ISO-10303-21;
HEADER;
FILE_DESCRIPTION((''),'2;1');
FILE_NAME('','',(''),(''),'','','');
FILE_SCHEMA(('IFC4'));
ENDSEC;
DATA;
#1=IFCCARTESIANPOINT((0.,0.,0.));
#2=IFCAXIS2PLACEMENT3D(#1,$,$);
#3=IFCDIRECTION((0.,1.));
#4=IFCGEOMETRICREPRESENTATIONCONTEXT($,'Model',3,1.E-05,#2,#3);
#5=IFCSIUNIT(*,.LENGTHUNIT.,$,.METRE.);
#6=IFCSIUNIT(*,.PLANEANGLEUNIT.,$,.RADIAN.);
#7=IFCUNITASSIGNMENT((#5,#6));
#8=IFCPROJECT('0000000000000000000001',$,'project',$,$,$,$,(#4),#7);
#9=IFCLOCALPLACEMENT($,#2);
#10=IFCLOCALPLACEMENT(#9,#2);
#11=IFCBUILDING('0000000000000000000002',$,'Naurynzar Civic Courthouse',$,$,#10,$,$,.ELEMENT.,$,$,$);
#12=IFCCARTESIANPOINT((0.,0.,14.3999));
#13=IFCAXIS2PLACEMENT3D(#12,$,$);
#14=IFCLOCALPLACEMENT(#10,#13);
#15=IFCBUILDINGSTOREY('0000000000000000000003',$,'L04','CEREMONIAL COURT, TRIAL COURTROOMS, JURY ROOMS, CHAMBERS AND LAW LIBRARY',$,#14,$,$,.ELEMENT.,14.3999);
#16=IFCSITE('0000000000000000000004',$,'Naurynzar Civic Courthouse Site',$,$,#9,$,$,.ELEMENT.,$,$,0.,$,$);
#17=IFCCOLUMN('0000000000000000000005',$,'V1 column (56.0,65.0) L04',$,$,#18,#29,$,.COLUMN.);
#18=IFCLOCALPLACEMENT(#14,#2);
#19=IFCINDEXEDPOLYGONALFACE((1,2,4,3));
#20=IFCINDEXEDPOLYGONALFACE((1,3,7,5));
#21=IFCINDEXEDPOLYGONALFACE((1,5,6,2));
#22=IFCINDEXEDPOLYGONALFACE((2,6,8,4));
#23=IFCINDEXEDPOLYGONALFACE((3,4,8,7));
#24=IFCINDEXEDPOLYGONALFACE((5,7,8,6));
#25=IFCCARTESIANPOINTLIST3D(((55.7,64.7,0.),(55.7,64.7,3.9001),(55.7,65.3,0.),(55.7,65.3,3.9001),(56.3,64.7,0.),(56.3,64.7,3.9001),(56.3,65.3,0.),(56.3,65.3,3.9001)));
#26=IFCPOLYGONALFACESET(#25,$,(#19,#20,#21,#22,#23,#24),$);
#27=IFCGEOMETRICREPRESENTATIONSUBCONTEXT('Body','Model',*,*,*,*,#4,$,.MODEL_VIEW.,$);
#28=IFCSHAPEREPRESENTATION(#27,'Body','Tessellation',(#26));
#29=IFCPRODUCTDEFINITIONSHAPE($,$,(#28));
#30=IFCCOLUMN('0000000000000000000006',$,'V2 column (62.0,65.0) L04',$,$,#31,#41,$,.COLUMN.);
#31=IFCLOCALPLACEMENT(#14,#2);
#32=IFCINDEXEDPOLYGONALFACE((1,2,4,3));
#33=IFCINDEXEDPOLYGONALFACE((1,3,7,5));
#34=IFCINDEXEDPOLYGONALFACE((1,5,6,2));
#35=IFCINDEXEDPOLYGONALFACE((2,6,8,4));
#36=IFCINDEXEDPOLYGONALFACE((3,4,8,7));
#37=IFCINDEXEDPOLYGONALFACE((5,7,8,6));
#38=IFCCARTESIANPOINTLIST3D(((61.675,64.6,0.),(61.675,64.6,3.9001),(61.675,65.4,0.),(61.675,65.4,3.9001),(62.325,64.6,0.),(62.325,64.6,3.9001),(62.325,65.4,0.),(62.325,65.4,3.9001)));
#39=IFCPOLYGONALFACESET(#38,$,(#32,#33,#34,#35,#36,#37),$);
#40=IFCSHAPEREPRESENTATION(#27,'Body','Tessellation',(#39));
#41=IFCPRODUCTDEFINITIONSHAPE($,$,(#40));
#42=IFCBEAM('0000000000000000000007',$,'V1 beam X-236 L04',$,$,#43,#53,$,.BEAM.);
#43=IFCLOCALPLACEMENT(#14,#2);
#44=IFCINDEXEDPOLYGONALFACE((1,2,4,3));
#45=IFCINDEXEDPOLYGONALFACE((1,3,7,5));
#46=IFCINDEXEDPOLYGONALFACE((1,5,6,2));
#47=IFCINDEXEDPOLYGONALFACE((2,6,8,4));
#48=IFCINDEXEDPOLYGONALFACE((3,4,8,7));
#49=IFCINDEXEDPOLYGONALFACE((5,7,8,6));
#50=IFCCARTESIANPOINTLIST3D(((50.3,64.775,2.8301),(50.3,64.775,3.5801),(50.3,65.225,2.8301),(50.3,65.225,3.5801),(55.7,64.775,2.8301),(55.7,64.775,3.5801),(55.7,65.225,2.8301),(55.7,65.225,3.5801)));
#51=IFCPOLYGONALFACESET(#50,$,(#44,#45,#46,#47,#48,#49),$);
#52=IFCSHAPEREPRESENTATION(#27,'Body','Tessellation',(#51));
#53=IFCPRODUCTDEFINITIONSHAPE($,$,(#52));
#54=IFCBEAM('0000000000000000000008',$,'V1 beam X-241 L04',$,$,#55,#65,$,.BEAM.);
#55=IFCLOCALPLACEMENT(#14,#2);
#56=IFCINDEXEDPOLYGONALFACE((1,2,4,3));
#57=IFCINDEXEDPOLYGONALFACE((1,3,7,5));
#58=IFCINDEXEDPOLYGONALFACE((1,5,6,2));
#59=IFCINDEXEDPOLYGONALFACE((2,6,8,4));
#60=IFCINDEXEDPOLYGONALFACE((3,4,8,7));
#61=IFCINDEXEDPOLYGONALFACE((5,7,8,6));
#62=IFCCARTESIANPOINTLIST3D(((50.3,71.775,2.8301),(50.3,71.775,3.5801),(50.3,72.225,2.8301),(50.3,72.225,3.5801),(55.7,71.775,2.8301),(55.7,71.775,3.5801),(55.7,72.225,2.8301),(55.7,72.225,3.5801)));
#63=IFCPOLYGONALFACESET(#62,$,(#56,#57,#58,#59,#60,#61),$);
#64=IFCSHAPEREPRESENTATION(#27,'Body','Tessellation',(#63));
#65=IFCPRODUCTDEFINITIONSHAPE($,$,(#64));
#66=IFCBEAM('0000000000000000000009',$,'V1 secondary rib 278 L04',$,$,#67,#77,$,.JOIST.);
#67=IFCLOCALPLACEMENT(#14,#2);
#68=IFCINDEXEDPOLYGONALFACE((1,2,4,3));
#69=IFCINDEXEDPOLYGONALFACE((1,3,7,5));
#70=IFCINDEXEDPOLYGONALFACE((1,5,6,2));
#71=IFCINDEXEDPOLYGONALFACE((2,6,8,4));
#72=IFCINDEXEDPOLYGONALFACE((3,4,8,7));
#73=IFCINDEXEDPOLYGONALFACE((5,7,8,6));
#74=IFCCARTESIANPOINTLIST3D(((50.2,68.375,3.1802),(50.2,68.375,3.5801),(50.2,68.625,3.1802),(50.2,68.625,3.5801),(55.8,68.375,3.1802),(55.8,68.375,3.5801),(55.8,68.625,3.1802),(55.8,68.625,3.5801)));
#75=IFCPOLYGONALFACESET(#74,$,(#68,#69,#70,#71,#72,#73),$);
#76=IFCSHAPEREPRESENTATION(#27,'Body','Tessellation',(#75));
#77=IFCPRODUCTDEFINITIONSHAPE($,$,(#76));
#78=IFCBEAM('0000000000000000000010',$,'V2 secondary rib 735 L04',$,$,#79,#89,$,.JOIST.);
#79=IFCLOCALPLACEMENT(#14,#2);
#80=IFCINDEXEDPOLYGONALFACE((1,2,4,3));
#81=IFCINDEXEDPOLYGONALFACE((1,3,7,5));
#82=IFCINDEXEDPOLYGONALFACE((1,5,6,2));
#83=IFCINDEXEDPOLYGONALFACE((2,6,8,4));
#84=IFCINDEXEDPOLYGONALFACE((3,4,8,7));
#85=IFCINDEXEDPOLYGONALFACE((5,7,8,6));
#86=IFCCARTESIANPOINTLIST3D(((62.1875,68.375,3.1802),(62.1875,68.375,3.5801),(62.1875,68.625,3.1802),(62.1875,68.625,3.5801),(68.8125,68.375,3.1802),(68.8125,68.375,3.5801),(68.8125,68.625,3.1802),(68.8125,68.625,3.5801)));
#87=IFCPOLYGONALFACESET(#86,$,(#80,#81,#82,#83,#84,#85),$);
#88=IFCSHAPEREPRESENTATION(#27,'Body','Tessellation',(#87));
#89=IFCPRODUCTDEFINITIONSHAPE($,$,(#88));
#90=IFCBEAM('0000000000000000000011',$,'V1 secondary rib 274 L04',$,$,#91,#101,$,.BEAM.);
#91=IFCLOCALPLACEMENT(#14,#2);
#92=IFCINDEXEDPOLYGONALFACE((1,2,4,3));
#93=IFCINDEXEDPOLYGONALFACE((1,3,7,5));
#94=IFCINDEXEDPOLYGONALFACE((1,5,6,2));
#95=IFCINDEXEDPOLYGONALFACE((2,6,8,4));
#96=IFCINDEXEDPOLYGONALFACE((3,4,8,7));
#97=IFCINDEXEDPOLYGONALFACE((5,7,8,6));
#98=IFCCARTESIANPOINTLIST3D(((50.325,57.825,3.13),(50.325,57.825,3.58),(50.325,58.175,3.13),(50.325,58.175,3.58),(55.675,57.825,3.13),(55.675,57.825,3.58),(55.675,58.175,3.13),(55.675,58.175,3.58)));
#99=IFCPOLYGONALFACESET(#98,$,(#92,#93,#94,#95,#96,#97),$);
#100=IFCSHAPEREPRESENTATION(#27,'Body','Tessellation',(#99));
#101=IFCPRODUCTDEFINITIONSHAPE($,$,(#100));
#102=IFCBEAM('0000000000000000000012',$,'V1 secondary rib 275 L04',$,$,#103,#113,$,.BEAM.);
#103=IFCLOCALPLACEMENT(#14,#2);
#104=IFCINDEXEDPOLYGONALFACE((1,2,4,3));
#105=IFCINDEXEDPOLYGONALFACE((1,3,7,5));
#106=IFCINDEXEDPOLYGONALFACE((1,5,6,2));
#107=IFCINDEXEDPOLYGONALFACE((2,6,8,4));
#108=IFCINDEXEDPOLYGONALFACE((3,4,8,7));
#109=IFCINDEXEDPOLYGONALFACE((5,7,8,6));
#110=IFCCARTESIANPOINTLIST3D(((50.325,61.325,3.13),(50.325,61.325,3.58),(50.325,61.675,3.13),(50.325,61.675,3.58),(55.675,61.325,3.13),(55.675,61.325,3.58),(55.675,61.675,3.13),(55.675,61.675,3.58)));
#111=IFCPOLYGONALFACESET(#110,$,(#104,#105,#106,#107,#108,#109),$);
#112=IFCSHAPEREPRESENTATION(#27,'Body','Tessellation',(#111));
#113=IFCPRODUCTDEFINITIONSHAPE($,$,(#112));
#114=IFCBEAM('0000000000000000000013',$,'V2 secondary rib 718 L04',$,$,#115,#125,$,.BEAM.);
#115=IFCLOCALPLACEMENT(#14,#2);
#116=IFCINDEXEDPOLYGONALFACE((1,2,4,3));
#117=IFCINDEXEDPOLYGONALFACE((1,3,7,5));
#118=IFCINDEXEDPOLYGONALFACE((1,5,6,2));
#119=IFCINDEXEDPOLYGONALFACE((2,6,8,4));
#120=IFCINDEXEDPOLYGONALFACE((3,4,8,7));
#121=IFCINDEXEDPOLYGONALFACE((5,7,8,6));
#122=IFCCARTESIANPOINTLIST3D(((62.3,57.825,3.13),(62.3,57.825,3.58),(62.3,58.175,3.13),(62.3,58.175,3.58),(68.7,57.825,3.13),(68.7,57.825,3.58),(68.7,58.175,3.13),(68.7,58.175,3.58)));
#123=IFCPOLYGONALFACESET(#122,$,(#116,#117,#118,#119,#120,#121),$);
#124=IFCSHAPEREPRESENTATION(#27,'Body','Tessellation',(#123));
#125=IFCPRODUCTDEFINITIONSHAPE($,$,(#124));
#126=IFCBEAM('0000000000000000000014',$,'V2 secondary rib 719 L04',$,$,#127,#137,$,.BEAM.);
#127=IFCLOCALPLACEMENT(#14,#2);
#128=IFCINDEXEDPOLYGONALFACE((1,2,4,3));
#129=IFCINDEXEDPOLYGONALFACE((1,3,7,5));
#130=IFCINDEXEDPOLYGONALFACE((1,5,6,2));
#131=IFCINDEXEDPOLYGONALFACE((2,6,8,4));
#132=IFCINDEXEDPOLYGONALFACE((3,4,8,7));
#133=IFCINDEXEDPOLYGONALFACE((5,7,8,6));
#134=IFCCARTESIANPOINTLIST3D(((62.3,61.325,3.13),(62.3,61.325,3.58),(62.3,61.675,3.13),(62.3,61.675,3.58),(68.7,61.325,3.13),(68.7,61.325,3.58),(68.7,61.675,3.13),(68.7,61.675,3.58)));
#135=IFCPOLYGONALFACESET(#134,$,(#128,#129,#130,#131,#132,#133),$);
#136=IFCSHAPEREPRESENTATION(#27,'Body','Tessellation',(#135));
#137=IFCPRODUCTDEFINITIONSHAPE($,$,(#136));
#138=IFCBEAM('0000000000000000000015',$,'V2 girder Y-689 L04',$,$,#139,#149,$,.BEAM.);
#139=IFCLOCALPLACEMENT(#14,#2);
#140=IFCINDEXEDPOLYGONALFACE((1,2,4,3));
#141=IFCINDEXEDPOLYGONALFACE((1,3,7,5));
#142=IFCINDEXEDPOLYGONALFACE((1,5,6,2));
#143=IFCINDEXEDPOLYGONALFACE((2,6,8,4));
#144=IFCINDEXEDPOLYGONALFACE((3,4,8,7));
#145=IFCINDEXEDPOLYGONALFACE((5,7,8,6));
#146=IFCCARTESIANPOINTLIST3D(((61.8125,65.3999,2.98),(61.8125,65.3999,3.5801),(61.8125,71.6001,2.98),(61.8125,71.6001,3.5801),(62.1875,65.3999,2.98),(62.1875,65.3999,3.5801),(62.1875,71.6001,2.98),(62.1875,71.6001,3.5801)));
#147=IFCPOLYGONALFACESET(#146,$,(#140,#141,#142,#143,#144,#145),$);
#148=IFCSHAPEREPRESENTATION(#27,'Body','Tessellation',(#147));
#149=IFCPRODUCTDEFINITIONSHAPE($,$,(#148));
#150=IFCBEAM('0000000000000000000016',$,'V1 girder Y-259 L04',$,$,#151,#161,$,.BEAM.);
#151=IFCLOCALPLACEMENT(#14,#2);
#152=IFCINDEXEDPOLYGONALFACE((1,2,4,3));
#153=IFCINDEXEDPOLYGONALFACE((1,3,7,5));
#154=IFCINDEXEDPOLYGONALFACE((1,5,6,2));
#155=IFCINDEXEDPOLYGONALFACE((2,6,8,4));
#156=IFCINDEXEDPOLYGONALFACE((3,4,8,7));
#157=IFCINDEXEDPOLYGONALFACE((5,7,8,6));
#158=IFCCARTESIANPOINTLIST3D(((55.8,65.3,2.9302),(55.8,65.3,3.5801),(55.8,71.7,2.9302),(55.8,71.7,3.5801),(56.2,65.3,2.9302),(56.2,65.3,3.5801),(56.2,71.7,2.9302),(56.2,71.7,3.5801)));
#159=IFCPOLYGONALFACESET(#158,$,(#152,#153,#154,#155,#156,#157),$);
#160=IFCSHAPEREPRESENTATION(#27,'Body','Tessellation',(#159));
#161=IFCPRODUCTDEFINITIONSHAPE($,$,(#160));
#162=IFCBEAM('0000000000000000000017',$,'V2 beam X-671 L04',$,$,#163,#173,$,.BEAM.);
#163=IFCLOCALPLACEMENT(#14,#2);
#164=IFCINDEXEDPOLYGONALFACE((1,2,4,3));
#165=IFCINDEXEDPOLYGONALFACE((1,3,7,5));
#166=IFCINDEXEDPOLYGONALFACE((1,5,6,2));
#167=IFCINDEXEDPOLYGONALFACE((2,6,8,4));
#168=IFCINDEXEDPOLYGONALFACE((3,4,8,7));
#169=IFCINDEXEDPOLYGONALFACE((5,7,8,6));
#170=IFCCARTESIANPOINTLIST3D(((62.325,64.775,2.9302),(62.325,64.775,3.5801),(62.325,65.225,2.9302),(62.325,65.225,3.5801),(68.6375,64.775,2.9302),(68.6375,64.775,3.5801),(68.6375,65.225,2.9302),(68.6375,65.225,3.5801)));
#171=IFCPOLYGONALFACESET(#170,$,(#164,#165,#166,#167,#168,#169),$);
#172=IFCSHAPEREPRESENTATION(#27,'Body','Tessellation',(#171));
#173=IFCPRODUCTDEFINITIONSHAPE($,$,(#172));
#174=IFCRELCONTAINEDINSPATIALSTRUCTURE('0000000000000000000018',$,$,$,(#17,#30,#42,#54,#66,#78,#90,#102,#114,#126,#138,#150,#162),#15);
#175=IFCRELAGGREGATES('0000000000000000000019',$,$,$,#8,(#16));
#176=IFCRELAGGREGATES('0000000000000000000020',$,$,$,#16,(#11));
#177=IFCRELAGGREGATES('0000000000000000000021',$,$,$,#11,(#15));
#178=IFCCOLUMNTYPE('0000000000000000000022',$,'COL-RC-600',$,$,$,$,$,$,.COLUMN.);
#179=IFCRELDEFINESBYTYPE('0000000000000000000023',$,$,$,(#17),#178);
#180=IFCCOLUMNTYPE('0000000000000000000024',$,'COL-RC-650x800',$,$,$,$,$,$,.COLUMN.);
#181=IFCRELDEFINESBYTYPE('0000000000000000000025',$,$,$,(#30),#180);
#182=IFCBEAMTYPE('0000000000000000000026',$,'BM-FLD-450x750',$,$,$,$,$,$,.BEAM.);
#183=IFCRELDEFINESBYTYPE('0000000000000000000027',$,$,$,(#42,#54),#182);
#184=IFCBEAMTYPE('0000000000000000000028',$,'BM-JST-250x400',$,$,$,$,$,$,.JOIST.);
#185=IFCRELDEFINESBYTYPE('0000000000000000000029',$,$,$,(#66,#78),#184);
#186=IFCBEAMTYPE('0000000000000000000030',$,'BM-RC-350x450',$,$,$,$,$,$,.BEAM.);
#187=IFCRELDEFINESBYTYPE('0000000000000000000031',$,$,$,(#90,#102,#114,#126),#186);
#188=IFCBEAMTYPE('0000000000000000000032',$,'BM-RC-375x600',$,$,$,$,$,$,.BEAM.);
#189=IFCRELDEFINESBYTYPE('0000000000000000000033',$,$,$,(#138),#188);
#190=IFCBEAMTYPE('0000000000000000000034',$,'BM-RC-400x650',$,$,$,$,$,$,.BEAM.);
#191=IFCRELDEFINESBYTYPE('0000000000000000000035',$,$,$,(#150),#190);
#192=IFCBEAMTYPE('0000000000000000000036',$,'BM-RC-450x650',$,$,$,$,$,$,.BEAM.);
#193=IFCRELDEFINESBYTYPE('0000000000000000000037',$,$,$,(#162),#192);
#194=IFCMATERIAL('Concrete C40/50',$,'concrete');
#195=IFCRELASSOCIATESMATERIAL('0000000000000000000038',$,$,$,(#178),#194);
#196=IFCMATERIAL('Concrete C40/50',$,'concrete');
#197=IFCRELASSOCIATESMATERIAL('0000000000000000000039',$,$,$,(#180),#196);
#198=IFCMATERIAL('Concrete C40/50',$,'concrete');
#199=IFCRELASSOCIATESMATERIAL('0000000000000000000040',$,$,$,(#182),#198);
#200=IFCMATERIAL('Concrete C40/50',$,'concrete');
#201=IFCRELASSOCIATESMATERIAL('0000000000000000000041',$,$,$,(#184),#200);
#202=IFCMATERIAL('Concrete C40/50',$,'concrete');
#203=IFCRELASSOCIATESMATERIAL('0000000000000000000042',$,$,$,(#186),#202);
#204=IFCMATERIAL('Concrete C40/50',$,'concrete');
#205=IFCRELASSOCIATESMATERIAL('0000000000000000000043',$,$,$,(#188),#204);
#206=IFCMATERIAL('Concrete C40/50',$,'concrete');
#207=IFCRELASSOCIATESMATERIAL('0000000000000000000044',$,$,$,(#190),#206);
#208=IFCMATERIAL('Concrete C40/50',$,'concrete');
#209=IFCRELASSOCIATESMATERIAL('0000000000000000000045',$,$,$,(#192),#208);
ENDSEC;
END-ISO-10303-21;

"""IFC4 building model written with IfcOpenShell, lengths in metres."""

from ifc_helpers import new_model, si_unit, direction, frame, origin, origin_2d, place, context, subcontext, project, spatial, rectangle, extrude, material, material_profile, profile_set, type_object, element, save


model = new_model("IFC4")

# Units and contexts
model_context = context("Model", 3, precision=1e-05, world=origin(), true_north=direction((0.0, 1.0)))
body_context = subcontext(model_context, "Body", "Model", "MODEL_VIEW")
ifc_project = project(units=[si_unit("LENGTHUNIT", "METRE"), si_unit("PLANEANGLEUNIT", "RADIAN")], contexts=[model_context])

# Site, building, storey
site_placement = place(None, origin())
site = spatial("IfcSite", under=ifc_project, at=site_placement, Name="Naurynzar Civic Courthouse Site", CompositionType="ELEMENT", RefElevation=0.0)
building_placement = place(site_placement, origin())
building = spatial("IfcBuilding", under=site, at=building_placement, Name="Naurynzar Civic Courthouse", CompositionType="ELEMENT")
storey_placement = place(building_placement, frame((0.0, 0.0, 14.3999)))
storey = spatial("IfcBuildingStorey", under=building, at=storey_placement, Name="L04", Description="CEREMONIAL COURT, TRIAL COURTROOMS, JURY ROOMS, CHAMBERS AND LAW LIBRARY", CompositionType="ELEMENT", Elevation=14.3999)

# Columns
ifc_material_1 = material(Name="Concrete C40/50", Category="concrete")
ifc_material_profile_1 = material_profile(ifc_material_1, rectangle(XDim=0.6001, YDim=0.6001, at=origin_2d()), Name="RC 600x600")
ifc_profile_set_1 = profile_set([ifc_material_profile_1], Name="Concrete C40/50")
column_type_1 = type_object("IfcColumnType", Name="COL-RC-600", PredefinedType="COLUMN", material=ifc_profile_set_1)
column_1_placement = place(storey_placement, frame((56.0, 65.0, 0.0), z_axis=(0.0, 0.0, 1.0), x_axis=(1.0, 0.0, 0.0)))
element("IfcColumn", 1, at=column_1_placement, inside=storey, type_object=column_type_1, Name="V1 column (56.0,65.0) L04", PredefinedType="COLUMN", context=body_context, shape_type="SweptSolid", body=[
    extrude(rectangle(XDim=0.6001, YDim=0.6001, at=origin_2d()), origin(), (0.0, 0.0, 1.0), 3.9001),
])
ifc_material_2 = material(Name="Concrete C40/50", Category="concrete")
ifc_material_profile_2 = material_profile(ifc_material_2, rectangle(XDim=0.6499, YDim=0.8, at=origin_2d()), Name="RC 650x800")
ifc_profile_set_2 = profile_set([ifc_material_profile_2], Name="Concrete C40/50")
column_type_2 = type_object("IfcColumnType", Name="COL-RC-650x800", PredefinedType="COLUMN", material=ifc_profile_set_2)
column_2_placement = place(storey_placement, frame((62.0, 65.0, 0.0), z_axis=(0.0, 0.0, 1.0), x_axis=(1.0, 0.0, 0.0)))
element("IfcColumn", 2, at=column_2_placement, inside=storey, type_object=column_type_2, Name="V2 column (62.0,65.0) L04", PredefinedType="COLUMN", context=body_context, shape_type="SweptSolid", body=[
    extrude(rectangle(XDim=0.6499, YDim=0.8, at=origin_2d()), origin(), (0.0, 0.0, 1.0), 3.9001),
])

# Beams
ifc_material_3 = material(Name="Concrete C40/50", Category="concrete")
ifc_material_profile_3 = material_profile(ifc_material_3, rectangle(XDim=0.45, YDim=0.75, at=origin_2d()), Name="RCF 450x750")
ifc_profile_set_3 = profile_set([ifc_material_profile_3], Name="Concrete C40/50")
beam_type_1 = type_object("IfcBeamType", Name="BM-FLD-450x750", PredefinedType="BEAM", material=ifc_profile_set_3)
for number, where, z_axis, x_axis, name in (
    (3, (50.3, 65.0, 3.2051), (1.0, 0.0, 0.0), (0.0, 1.0, 0.0), "V1 beam X-236 L04"),
    (4, (50.3, 72.0, 3.2051), (1.0, 0.0, 0.0), (0.0, 1.0, 0.0), "V1 beam X-241 L04"),
):
    element("IfcBeam", number, at=place(storey_placement, frame(where, z_axis=z_axis, x_axis=x_axis)), inside=storey, type_object=beam_type_1, Name=name, PredefinedType="BEAM", context=body_context, shape_type="SweptSolid", body=[
        extrude(rectangle(XDim=0.45, YDim=0.75, at=origin_2d()), origin(), (0.0, 0.0, 1.0), 5.3999),
    ])
ifc_material_4 = material(Name="Concrete C40/50", Category="concrete")
ifc_material_profile_4 = material_profile(ifc_material_4, rectangle(XDim=0.25, YDim=0.3999, at=origin_2d()), Name="RCB 250x400")
ifc_profile_set_4 = profile_set([ifc_material_profile_4], Name="Concrete C40/50")
beam_type_2 = type_object("IfcBeamType", Name="BM-JST-250x400", PredefinedType="JOIST", material=ifc_profile_set_4)
beam_1_placement = place(storey_placement, frame((50.2, 68.5, 3.3801), z_axis=(1.0, 0.0, 0.0), x_axis=(0.0, 1.0, 0.0)))
element("IfcBeam", 5, at=beam_1_placement, inside=storey, type_object=beam_type_2, Name="V1 secondary rib 278 L04", PredefinedType="JOIST", context=body_context, shape_type="SweptSolid", body=[
    extrude(rectangle(XDim=0.25, YDim=0.3999, at=origin_2d()), origin(), (0.0, 0.0, 1.0), 5.6001),
])
beam_2_placement = place(storey_placement, frame((62.1875, 68.5, 3.3801), z_axis=(1.0, 0.0, 0.0), x_axis=(0.0, 1.0, 0.0)))
element("IfcBeam", 6, at=beam_2_placement, inside=storey, type_object=beam_type_2, Name="V2 secondary rib 735 L04", PredefinedType="JOIST", context=body_context, shape_type="SweptSolid", body=[
    extrude(rectangle(XDim=0.25, YDim=0.3999, at=origin_2d()), origin(), (0.0, 0.0, 1.0), 6.625),
])
ifc_material_5 = material(Name="Concrete C40/50", Category="concrete")
ifc_material_profile_5 = material_profile(ifc_material_5, rectangle(XDim=0.3501, YDim=0.45, at=origin_2d()), Name="RCB 350x450")
ifc_profile_set_5 = profile_set([ifc_material_profile_5], Name="Concrete C40/50")
beam_type_3 = type_object("IfcBeamType", Name="BM-RC-350x450", PredefinedType="BEAM", material=ifc_profile_set_5)
for number, where, z_axis, x_axis, name in (
    (7, (50.325, 58.0, 3.355), (1.0, 0.0, 0.0), (0.0, 1.0, 0.0), "V1 secondary rib 274 L04"),
    (8, (50.325, 61.5, 3.355), (1.0, 0.0, 0.0), (0.0, 1.0, 0.0), "V1 secondary rib 275 L04"),
):
    element("IfcBeam", number, at=place(storey_placement, frame(where, z_axis=z_axis, x_axis=x_axis)), inside=storey, type_object=beam_type_3, Name=name, PredefinedType="BEAM", context=body_context, shape_type="SweptSolid", body=[
        extrude(rectangle(XDim=0.3501, YDim=0.45, at=origin_2d()), origin(), (0.0, 0.0, 1.0), 5.3501),
    ])
for number, where, z_axis, x_axis, name in (
    (9, (62.3, 58.0, 3.355), (1.0, 0.0, 0.0), (0.0, 1.0, 0.0), "V2 secondary rib 718 L04"),
    (10, (62.3, 61.5, 3.355), (1.0, 0.0, 0.0), (0.0, 1.0, 0.0), "V2 secondary rib 719 L04"),
):
    element("IfcBeam", number, at=place(storey_placement, frame(where, z_axis=z_axis, x_axis=x_axis)), inside=storey, type_object=beam_type_3, Name=name, PredefinedType="BEAM", context=body_context, shape_type="SweptSolid", body=[
        extrude(rectangle(XDim=0.3501, YDim=0.45, at=origin_2d()), origin(), (0.0, 0.0, 1.0), 6.3999),
    ])
ifc_material_6 = material(Name="Concrete C40/50", Category="concrete")
ifc_material_profile_6 = material_profile(ifc_material_6, rectangle(XDim=0.375, YDim=0.6001, at=origin_2d()), Name="RCB 375x600")
ifc_profile_set_6 = profile_set([ifc_material_profile_6], Name="Concrete C40/50")
beam_type_4 = type_object("IfcBeamType", Name="BM-RC-375x600", PredefinedType="BEAM", material=ifc_profile_set_6)
beam_3_placement = place(storey_placement, frame((62.0, 65.3999, 3.28), z_axis=(0.0, 1.0, 0.0), x_axis=(-1.0, 0.0, 0.0)))
element("IfcBeam", 11, at=beam_3_placement, inside=storey, type_object=beam_type_4, Name="V2 girder Y-689 L04", PredefinedType="BEAM", context=body_context, shape_type="SweptSolid", body=[
    extrude(rectangle(XDim=0.375, YDim=0.6001, at=origin_2d()), origin(), (0.0, 0.0, 1.0), 6.2002),
])
ifc_material_7 = material(Name="Concrete C40/50", Category="concrete")
ifc_material_profile_7 = material_profile(ifc_material_7, rectangle(XDim=0.3999, YDim=0.6499, at=origin_2d()), Name="RCB 400x650")
ifc_profile_set_7 = profile_set([ifc_material_profile_7], Name="Concrete C40/50")
beam_type_5 = type_object("IfcBeamType", Name="BM-RC-400x650", PredefinedType="BEAM", material=ifc_profile_set_7)
beam_4_placement = place(storey_placement, frame((56.0, 65.3, 3.2551), z_axis=(0.0, 1.0, 0.0), x_axis=(-1.0, 0.0, 0.0)))
element("IfcBeam", 12, at=beam_4_placement, inside=storey, type_object=beam_type_5, Name="V1 girder Y-259 L04", PredefinedType="BEAM", context=body_context, shape_type="SweptSolid", body=[
    extrude(rectangle(XDim=0.3999, YDim=0.6499, at=origin_2d()), origin(), (0.0, 0.0, 1.0), 6.3999),
])
ifc_material_8 = material(Name="Concrete C40/50", Category="concrete")
ifc_material_profile_8 = material_profile(ifc_material_8, rectangle(XDim=0.45, YDim=0.6499, at=origin_2d()), Name="RCB 450x650")
ifc_profile_set_8 = profile_set([ifc_material_profile_8], Name="Concrete C40/50")
beam_type_6 = type_object("IfcBeamType", Name="BM-RC-450x650", PredefinedType="BEAM", material=ifc_profile_set_8)
beam_5_placement = place(storey_placement, frame((62.325, 65.0, 3.2551), z_axis=(1.0, 0.0, 0.0), x_axis=(0.0, 1.0, 0.0)))
element("IfcBeam", 13, at=beam_5_placement, inside=storey, type_object=beam_type_6, Name="V2 beam X-671 L04", PredefinedType="BEAM", context=body_context, shape_type="SweptSolid", body=[
    extrude(rectangle(XDim=0.45, YDim=0.6499, at=origin_2d()), origin(), (0.0, 0.0, 1.0), 6.3125),
])

save(model, "model.ifc")
